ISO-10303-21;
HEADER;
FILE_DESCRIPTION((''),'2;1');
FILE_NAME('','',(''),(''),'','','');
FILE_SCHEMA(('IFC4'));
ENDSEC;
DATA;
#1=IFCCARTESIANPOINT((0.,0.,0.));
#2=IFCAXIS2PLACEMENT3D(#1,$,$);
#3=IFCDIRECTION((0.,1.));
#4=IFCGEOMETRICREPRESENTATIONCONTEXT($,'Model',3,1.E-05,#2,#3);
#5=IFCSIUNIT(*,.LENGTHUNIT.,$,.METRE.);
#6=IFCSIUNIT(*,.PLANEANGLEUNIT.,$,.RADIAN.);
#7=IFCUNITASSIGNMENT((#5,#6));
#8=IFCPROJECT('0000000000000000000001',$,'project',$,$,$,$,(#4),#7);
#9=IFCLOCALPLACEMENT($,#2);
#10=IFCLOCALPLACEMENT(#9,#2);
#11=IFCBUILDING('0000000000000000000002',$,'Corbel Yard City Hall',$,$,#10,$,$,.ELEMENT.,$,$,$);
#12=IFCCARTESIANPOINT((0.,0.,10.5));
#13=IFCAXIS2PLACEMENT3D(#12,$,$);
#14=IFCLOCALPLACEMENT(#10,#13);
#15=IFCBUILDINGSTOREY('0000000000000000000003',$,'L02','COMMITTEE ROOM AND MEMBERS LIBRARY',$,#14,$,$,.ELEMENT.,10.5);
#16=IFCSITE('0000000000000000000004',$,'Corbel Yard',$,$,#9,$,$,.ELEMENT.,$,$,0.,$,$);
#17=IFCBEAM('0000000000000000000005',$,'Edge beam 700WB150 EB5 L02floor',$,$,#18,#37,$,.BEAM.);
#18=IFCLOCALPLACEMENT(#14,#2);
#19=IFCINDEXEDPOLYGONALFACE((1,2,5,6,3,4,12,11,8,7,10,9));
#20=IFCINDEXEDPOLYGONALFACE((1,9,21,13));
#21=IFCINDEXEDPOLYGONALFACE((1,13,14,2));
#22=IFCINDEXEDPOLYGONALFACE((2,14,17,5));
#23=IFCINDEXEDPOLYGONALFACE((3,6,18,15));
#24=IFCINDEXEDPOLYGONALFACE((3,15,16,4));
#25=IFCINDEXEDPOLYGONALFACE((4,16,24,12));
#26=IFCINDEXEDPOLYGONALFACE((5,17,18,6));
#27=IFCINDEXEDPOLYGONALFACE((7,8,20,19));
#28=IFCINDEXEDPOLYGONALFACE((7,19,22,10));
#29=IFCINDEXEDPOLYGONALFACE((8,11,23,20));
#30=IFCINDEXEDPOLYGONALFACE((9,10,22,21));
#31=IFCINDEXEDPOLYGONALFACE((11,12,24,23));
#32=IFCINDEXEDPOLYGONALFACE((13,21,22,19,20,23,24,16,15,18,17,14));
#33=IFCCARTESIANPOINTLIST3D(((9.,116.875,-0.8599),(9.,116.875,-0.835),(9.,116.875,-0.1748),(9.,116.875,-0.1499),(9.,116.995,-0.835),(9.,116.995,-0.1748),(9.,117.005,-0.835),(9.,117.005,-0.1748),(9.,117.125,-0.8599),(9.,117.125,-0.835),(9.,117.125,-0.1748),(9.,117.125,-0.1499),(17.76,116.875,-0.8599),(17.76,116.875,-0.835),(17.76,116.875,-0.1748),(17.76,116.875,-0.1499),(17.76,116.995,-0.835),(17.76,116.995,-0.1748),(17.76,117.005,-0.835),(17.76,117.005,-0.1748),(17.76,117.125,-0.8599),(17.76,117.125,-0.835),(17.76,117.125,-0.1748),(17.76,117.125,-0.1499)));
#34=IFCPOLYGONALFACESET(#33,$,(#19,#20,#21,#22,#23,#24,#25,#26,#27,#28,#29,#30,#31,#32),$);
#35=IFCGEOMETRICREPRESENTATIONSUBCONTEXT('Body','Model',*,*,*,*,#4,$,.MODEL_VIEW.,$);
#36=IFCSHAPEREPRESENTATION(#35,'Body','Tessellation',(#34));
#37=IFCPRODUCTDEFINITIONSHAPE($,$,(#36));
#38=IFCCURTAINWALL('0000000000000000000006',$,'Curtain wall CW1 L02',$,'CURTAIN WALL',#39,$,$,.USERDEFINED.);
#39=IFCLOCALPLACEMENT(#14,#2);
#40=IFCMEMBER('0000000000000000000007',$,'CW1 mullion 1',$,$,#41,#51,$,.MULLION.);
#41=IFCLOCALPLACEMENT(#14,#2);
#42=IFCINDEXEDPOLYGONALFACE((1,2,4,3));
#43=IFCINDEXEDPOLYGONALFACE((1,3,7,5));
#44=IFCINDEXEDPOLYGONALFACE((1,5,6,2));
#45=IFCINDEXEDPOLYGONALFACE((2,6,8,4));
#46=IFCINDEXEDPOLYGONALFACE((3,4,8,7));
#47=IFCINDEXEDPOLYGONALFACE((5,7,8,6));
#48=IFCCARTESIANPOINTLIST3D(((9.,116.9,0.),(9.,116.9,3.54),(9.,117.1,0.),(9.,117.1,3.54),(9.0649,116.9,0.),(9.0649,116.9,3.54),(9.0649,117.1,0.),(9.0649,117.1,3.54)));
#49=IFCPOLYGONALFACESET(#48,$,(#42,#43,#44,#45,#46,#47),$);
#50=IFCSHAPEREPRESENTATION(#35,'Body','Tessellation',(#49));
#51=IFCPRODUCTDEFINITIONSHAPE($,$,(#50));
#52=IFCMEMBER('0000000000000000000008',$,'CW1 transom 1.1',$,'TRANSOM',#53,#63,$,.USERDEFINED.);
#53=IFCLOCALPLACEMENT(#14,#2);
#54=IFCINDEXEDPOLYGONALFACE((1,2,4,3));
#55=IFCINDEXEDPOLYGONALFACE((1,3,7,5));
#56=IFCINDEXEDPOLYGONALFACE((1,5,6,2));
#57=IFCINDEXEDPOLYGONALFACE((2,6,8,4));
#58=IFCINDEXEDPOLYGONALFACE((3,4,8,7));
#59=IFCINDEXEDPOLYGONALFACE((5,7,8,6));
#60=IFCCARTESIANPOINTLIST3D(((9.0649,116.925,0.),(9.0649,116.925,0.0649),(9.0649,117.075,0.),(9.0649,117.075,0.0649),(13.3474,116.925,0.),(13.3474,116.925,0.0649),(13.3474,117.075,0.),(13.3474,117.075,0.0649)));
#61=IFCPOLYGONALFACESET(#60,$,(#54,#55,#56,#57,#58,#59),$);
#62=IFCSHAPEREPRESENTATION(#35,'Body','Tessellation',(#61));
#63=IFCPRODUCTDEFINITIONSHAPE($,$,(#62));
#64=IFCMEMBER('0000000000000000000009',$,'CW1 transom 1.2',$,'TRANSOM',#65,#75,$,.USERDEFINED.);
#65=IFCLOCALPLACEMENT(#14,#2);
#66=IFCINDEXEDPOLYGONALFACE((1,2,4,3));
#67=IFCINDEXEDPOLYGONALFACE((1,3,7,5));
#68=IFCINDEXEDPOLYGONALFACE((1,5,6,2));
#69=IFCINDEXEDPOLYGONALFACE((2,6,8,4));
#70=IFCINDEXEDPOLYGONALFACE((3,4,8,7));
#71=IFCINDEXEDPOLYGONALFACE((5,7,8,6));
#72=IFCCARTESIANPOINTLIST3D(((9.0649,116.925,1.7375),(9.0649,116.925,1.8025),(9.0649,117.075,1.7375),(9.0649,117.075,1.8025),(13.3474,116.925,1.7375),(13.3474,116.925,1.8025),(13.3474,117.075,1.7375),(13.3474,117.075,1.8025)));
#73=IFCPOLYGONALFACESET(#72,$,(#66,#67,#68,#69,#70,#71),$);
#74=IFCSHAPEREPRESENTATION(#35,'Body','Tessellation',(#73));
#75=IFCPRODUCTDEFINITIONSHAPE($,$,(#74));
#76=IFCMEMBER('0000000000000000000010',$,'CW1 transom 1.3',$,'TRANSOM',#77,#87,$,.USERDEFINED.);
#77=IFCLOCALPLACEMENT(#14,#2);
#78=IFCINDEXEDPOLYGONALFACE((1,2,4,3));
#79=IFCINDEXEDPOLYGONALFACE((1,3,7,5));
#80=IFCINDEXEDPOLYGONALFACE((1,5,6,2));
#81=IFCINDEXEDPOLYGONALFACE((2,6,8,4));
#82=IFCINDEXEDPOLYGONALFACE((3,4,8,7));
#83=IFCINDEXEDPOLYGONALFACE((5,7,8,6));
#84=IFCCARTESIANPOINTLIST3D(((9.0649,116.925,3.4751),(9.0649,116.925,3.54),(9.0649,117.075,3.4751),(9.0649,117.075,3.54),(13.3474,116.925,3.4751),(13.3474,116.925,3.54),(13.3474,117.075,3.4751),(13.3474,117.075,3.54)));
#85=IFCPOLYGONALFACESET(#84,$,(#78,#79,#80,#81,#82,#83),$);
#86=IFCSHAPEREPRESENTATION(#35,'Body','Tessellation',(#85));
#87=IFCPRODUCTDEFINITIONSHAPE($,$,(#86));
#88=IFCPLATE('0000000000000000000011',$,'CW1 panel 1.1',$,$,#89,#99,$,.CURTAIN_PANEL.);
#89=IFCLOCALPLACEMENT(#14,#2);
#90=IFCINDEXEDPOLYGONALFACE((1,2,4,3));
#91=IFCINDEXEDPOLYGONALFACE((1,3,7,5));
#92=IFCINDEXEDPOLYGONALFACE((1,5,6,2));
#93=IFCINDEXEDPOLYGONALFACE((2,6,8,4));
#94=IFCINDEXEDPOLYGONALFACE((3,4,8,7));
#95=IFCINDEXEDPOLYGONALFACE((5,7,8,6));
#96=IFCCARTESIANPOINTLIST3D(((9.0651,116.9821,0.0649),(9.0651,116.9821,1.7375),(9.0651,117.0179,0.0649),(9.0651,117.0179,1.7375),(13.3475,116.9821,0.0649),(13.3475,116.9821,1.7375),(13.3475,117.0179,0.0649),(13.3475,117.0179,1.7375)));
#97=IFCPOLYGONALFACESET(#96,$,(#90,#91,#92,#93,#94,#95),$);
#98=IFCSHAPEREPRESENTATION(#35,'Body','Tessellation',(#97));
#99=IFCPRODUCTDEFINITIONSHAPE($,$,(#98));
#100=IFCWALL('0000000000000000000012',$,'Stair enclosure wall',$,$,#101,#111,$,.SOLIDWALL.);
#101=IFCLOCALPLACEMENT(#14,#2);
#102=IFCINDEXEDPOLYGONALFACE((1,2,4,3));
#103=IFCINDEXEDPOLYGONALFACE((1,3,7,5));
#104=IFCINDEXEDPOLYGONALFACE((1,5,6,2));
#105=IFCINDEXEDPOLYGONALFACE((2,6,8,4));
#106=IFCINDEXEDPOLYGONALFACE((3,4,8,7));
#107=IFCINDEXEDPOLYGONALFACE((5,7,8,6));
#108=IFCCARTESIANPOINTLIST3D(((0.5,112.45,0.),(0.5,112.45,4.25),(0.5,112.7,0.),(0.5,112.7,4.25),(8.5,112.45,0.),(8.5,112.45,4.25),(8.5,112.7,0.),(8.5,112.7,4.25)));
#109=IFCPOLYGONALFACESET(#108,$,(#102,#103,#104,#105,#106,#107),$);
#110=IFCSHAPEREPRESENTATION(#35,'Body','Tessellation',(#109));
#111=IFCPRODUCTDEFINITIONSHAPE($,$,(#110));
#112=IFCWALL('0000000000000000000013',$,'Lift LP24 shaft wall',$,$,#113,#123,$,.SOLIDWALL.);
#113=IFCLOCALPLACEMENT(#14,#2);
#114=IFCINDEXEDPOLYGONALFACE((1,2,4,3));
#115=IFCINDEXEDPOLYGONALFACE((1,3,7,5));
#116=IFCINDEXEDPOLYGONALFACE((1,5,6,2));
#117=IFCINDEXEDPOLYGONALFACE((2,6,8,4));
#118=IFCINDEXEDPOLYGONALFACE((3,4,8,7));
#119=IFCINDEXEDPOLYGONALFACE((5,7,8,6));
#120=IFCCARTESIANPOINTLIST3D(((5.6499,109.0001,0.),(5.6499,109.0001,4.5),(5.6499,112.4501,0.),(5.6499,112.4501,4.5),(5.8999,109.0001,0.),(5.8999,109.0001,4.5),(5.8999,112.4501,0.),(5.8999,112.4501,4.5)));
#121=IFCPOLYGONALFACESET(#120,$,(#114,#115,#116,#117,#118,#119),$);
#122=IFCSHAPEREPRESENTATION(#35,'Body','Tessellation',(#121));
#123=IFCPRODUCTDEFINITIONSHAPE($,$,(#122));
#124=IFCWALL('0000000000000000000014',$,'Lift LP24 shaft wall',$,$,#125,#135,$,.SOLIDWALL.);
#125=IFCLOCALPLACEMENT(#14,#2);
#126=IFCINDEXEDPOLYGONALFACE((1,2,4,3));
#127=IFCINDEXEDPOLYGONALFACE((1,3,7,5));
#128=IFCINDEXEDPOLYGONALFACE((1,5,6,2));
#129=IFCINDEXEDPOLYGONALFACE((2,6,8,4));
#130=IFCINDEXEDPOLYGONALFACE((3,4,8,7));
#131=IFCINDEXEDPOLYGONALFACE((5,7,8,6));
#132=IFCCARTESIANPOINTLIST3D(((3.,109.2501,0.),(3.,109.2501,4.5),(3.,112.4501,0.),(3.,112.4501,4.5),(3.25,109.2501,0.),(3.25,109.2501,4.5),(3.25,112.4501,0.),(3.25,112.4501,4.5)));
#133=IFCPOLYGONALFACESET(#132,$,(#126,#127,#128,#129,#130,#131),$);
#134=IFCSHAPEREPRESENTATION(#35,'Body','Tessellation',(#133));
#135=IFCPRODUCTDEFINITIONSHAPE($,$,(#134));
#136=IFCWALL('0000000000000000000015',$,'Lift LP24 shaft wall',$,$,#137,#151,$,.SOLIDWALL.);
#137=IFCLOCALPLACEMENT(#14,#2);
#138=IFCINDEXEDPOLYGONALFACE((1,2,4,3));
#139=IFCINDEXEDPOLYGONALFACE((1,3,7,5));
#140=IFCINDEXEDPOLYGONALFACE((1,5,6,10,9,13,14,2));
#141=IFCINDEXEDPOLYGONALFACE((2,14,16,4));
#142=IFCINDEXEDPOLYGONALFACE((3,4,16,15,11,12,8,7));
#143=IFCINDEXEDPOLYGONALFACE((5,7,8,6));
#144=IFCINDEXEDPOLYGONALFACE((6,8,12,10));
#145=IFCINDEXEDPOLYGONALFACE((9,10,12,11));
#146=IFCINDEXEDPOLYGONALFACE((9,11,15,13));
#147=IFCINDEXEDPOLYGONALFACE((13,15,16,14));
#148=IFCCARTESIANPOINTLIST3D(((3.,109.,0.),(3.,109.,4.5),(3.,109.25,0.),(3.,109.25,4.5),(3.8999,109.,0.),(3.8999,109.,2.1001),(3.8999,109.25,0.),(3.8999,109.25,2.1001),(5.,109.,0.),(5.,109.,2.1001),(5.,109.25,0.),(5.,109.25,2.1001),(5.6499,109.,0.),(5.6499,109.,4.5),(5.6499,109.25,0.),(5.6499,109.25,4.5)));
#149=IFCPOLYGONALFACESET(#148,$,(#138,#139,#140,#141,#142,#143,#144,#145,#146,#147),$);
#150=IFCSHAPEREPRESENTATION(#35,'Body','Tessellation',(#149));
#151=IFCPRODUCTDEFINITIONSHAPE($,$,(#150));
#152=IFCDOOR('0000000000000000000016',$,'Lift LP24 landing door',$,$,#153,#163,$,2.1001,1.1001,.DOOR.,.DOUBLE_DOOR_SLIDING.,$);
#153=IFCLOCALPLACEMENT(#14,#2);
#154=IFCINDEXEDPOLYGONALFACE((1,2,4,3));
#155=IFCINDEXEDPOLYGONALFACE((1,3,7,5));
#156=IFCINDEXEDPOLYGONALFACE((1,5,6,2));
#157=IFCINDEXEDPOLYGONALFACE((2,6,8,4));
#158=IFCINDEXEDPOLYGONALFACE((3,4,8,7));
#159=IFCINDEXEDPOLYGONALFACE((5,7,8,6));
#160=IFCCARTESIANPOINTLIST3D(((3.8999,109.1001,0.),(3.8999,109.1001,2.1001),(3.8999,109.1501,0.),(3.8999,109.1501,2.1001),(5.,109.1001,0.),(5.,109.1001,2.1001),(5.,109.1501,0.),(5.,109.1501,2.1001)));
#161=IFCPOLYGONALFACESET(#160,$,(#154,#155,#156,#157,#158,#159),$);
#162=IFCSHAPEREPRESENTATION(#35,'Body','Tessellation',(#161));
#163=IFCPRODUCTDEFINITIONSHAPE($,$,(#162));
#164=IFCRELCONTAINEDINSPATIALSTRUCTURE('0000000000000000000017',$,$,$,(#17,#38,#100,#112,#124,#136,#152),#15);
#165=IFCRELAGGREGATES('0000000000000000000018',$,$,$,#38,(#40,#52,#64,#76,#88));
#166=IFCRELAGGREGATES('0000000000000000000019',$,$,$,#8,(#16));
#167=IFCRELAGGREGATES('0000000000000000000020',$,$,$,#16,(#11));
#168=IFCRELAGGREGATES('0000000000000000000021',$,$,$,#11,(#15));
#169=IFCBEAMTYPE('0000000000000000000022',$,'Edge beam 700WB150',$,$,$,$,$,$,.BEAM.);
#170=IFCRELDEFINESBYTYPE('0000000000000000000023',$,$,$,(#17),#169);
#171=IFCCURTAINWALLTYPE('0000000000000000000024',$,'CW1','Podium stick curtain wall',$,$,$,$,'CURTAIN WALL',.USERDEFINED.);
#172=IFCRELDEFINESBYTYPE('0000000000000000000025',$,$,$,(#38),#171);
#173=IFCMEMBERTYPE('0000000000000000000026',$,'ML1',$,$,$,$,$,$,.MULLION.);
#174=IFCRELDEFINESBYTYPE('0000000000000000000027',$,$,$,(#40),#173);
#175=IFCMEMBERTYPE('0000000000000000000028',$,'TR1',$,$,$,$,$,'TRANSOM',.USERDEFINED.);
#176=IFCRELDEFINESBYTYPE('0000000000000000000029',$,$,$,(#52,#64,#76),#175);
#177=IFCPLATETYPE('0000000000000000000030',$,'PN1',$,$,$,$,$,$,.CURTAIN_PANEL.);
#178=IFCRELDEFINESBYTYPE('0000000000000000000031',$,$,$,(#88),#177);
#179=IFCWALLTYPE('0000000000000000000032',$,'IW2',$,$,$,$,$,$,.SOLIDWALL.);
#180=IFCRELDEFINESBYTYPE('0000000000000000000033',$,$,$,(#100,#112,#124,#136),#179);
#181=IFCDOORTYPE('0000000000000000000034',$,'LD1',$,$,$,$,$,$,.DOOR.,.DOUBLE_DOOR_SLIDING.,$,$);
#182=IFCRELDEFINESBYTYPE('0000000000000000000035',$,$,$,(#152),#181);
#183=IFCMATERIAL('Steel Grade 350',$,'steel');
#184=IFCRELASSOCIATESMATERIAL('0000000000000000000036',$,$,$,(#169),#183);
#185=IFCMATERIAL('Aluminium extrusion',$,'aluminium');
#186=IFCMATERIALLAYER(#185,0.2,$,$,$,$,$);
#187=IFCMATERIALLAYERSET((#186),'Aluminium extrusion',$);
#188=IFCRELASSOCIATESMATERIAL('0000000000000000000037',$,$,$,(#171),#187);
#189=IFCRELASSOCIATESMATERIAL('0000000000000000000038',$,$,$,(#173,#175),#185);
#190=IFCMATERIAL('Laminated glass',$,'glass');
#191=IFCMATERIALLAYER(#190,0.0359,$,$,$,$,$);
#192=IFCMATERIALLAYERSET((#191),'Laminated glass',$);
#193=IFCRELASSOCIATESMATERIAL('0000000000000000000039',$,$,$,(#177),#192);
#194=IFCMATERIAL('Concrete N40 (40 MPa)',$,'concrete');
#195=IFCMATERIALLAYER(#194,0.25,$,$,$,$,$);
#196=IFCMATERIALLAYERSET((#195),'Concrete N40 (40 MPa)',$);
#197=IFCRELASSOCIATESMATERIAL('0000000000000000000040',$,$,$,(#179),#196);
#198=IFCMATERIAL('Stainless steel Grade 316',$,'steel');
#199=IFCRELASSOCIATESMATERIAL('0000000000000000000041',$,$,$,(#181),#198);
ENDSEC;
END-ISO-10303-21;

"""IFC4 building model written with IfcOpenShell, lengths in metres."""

from ifc_helpers import new_model, si_unit, direction, frame, frame_2d, origin, origin_2d, place, context, subcontext, project, spatial, rectangle, i_section, extrude, material, layer, layer_set, material_profile, profile_set, type_object, element, fill, aggregate, save


model = new_model("IFC4")

# Units and contexts
model_context = context("Model", 3, precision=1e-05, world=origin(), true_north=direction((0.0, 1.0)))
body_context = subcontext(model_context, "Body", "Model", "MODEL_VIEW")
ifc_project = project(units=[si_unit("LENGTHUNIT", "METRE"), si_unit("PLANEANGLEUNIT", "RADIAN")], contexts=[model_context])

# Site, building, storey
site_placement = place(None, origin())
site = spatial("IfcSite", under=ifc_project, at=site_placement, Name="Corbel Yard", CompositionType="ELEMENT", RefElevation=0.0)
building_placement = place(site_placement, origin())
building = spatial("IfcBuilding", under=site, at=building_placement, Name="Corbel Yard City Hall", CompositionType="ELEMENT")
storey_placement = place(building_placement, frame((0.0, 0.0, 10.5)))
storey = spatial("IfcBuildingStorey", under=building, at=storey_placement, Name="L02", Description="COMMITTEE ROOM AND MEMBERS LIBRARY", CompositionType="ELEMENT", Elevation=10.5)

# Beam
ifc_material_1 = material(Name="Steel Grade 350", Category="steel")
ifc_material_profile_1 = material_profile(ifc_material_1, i_section(OverallWidth=0.25, OverallDepth=0.71, WebThickness=0.01, FlangeThickness=0.0249, at=origin_2d()), Name="700WB150")
ifc_profile_set_1 = profile_set([ifc_material_profile_1], Name="Steel Grade 350")
beam_type = type_object("IfcBeamType", Name="Edge beam 700WB150", PredefinedType="BEAM", material=ifc_profile_set_1)
beam_placement = place(storey_placement, frame((9.0, 117.0, -0.5049), z_axis=(1.0, 0.0, 0.0), x_axis=(0.0, 1.0, 0.0)))
element("IfcBeam", 1, at=beam_placement, inside=storey, type_object=beam_type, Name="Edge beam 700WB150 EB5 L02floor", PredefinedType="BEAM", context=body_context, shape_type="SweptSolid", body=[
    extrude(i_section(OverallWidth=0.25, OverallDepth=0.71, WebThickness=0.01, FlangeThickness=0.0249, at=origin_2d()), origin(), (0.0, 0.0, 1.0), 8.76),
])

# Curtain wall, members, plate
ifc_material_2 = material(Name="Aluminium extrusion", Category="aluminium")
ifc_layer_1 = layer(ifc_material_2, 0.2)
ifc_layer_set_1 = layer_set([ifc_layer_1], Name="Aluminium extrusion")
curtain_wall_type = type_object("IfcCurtainWallType", Name="CW1", Description="Podium stick curtain wall", ElementType="CURTAIN WALL", PredefinedType="USERDEFINED", material=ifc_layer_set_1)
curtain_wall_placement = place(storey_placement, origin())
curtain_wall = element("IfcCurtainWall", 2, at=curtain_wall_placement, inside=storey, type_object=curtain_wall_type, Name="Curtain wall CW1 L02", ObjectType="CURTAIN WALL", PredefinedType="USERDEFINED")
ifc_material_profile_2 = material_profile(ifc_material_2, rectangle(XDim=0.2, YDim=0.0649, at=origin_2d()), Name="200x65")
ifc_profile_set_2 = profile_set([ifc_material_profile_2], Name="Aluminium extrusion")
member_type_1 = type_object("IfcMemberType", Name="ML1", PredefinedType="MULLION", material=ifc_profile_set_2)
member_1_placement = place(storey_placement, frame((9.0325, 117.0, 0.0), z_axis=(0.0, 0.0, 1.0), x_axis=(0.0, 1.0, 0.0)))
member_1 = element("IfcMember", 3, at=member_1_placement, type_object=member_type_1, Name="CW1 mullion 1", PredefinedType="MULLION", context=body_context, shape_type="SweptSolid", body=[
    extrude(rectangle(XDim=0.2, YDim=0.0649, at=origin_2d()), origin(), (0.0, 0.0, 1.0), 3.54),
])
ifc_material_profile_3 = material_profile(ifc_material_2, rectangle(XDim=0.1499, YDim=0.0649, at=origin_2d()), Name="150x65")
ifc_profile_set_3 = profile_set([ifc_material_profile_3], Name="Aluminium extrusion")
member_type_2 = type_object("IfcMemberType", Name="TR1", ElementType="TRANSOM", PredefinedType="USERDEFINED", material=ifc_profile_set_3)
member_2_placement = place(storey_placement, frame((9.0649, 117.0, 0.0325), z_axis=(1.0, 0.0, 0.0), x_axis=(0.0, 1.0, 0.0)))
member_2 = element("IfcMember", 4, at=member_2_placement, type_object=member_type_2, Name="CW1 transom 1.1", ObjectType="TRANSOM", PredefinedType="USERDEFINED", context=body_context, shape_type="SweptSolid", body=[
    extrude(rectangle(XDim=0.1499, YDim=0.0649, at=origin_2d()), origin(), (0.0, 0.0, 1.0), 4.2825),
])
member_3_placement = place(storey_placement, frame((9.0649, 117.0, 1.77), z_axis=(1.0, 0.0, 0.0), x_axis=(0.0, 1.0, 0.0)))
member_3 = element("IfcMember", 5, at=member_3_placement, type_object=member_type_2, Name="CW1 transom 1.2", ObjectType="TRANSOM", PredefinedType="USERDEFINED", context=body_context, shape_type="SweptSolid", body=[
    extrude(rectangle(XDim=0.1499, YDim=0.0649, at=origin_2d()), origin(), (0.0, 0.0, 1.0), 4.2825),
])
member_4_placement = place(storey_placement, frame((9.0649, 117.0, 3.5076), z_axis=(1.0, 0.0, 0.0), x_axis=(0.0, 1.0, 0.0)))
member_4 = element("IfcMember", 6, at=member_4_placement, type_object=member_type_2, Name="CW1 transom 1.3", ObjectType="TRANSOM", PredefinedType="USERDEFINED", context=body_context, shape_type="SweptSolid", body=[
    extrude(rectangle(XDim=0.1499, YDim=0.0649, at=origin_2d()), origin(), (0.0, 0.0, 1.0), 4.2825),
])
ifc_material_3 = material(Name="Laminated glass", Category="glass")
ifc_layer_2 = layer(ifc_material_3, 0.0359)
ifc_layer_set_2 = layer_set([ifc_layer_2], Name="Laminated glass")
plate_type = type_object("IfcPlateType", Name="PN1", PredefinedType="CURTAIN_PANEL", material=ifc_layer_set_2)
plate_placement = place(storey_placement, frame((11.2063, 117.0, 0.0649), z_axis=(0.0, 0.0, 1.0), x_axis=(1.0, 0.0, 0.0)))
plate = element("IfcPlate", 7, at=plate_placement, type_object=plate_type, Name="CW1 panel 1.1", PredefinedType="CURTAIN_PANEL", context=body_context, shape_type="SweptSolid", body=[
    extrude(rectangle(XDim=4.2825, YDim=0.0359, at=origin_2d()), origin(), (0.0, 0.0, 1.0), 1.6726),
])
aggregate(curtain_wall, [member_1, member_2, member_3, member_4, plate])

# Walls
ifc_material_4 = material(Name="Concrete N40 (40 MPa)", Category="concrete")
ifc_layer_3 = layer(ifc_material_4, 0.25)
ifc_layer_set_3 = layer_set([ifc_layer_3], Name="Concrete N40 (40 MPa)")
wall_type_1 = type_object("IfcWallType", Name="IW2", PredefinedType="SOLIDWALL", material=ifc_layer_set_3)
wall_1_placement = place(storey_placement, frame((8.5, 112.575, 0.0), z_axis=(0.0, 0.0, 1.0), x_axis=(-1.0, 0.0, 0.0)))
element("IfcWall", 8, at=wall_1_placement, inside=storey, type_object=wall_type_1, Name="Stair enclosure wall", PredefinedType="SOLIDWALL", context=body_context, shape_type="SweptSolid", body=[
    extrude(rectangle(XDim=8.0, YDim=0.25, at=frame_2d((4.0, 0.0))), origin(), (0.0, 0.0, 1.0), 4.25),
])
wall_2_placement = place(storey_placement, frame((5.7749, 109.0, 0.0), z_axis=(0.0, 0.0, 1.0), x_axis=(0.0, 1.0, 0.0)))
element("IfcWall", 9, at=wall_2_placement, inside=storey, type_object=wall_type_1, Name="Lift LP24 shaft wall", PredefinedType="SOLIDWALL", context=body_context, shape_type="SweptSolid", body=[
    extrude(rectangle(XDim=3.45, YDim=0.25, at=frame_2d((1.7251, 0.0))), origin(), (0.0, 0.0, 1.0), 4.5),
])
wall_3_placement = place(storey_placement, frame((3.125, 109.25, 0.0), z_axis=(0.0, 0.0, 1.0), x_axis=(0.0, 1.0, 0.0)))
element("IfcWall", 10, at=wall_3_placement, inside=storey, type_object=wall_type_1, Name="Lift LP24 shaft wall", PredefinedType="SOLIDWALL", context=body_context, shape_type="SweptSolid", body=[
    extrude(rectangle(XDim=3.2, YDim=0.25, at=frame_2d((1.6001, 0.0))), origin(), (0.0, 0.0, 1.0), 4.5),
])

# Wall, opening, door
wall_4_placement = place(storey_placement, frame((5.6499, 109.125, 0.0), z_axis=(0.0, 0.0, 1.0), x_axis=(-1.0, 0.0, 0.0)))
wall_4 = element("IfcWall", 11, at=wall_4_placement, inside=storey, type_object=wall_type_1, Name="Lift LP24 shaft wall", PredefinedType="SOLIDWALL", context=body_context, shape_type="SweptSolid", body=[
    extrude(rectangle(XDim=2.6499, YDim=0.25, at=frame_2d((1.325, 0.0))), origin(), (0.0, 0.0, 1.0), 4.5),
])
opening_1_placement = place(wall_4_placement, frame((0.6499, 0.0, 0.0)))
opening_1 = element("IfcOpeningElement", 12, at=opening_1_placement, cuts=wall_4, PredefinedType="OPENING", context=body_context, shape_type="SweptSolid", body=[
    extrude(rectangle(XDim=1.1001, YDim=2.1001, at=frame_2d((0.55, 1.05))), frame((0.0, 0.135, 0.0), z_axis=(0.0, -1.0, 0.0), x_axis=(1.0, 0.0, 0.0)), (0.0, 0.0, 1.0), 0.27),
])
ifc_material_5 = material(Name="Stainless steel Grade 316", Category="steel")
door_type_1 = type_object("IfcDoorType", Name="LD1", OperationType="DOUBLE_DOOR_SLIDING", PredefinedType="DOOR", material=ifc_material_5)
door_1_placement = place(opening_1_placement, origin())
door_1 = element("IfcDoor", 13, at=door_1_placement, inside=storey, type_object=door_type_1, Name="Lift LP24 landing door", OperationType="DOUBLE_DOOR_SLIDING", OverallHeight=2.1001, OverallWidth=1.1001, PredefinedType="DOOR", context=body_context, shape_type="SweptSolid", body=[
    extrude(rectangle(XDim=1.1001, YDim=2.1001, at=frame_2d((0.55, 1.05))), frame((0.0, 0.0249, 0.0), z_axis=(0.0, -1.0, 0.0), x_axis=(1.0, 0.0, 0.0)), (0.0, 0.0, 1.0), 0.05),
])
fill(opening_1, door_1)

save(model, "model.ifc")
